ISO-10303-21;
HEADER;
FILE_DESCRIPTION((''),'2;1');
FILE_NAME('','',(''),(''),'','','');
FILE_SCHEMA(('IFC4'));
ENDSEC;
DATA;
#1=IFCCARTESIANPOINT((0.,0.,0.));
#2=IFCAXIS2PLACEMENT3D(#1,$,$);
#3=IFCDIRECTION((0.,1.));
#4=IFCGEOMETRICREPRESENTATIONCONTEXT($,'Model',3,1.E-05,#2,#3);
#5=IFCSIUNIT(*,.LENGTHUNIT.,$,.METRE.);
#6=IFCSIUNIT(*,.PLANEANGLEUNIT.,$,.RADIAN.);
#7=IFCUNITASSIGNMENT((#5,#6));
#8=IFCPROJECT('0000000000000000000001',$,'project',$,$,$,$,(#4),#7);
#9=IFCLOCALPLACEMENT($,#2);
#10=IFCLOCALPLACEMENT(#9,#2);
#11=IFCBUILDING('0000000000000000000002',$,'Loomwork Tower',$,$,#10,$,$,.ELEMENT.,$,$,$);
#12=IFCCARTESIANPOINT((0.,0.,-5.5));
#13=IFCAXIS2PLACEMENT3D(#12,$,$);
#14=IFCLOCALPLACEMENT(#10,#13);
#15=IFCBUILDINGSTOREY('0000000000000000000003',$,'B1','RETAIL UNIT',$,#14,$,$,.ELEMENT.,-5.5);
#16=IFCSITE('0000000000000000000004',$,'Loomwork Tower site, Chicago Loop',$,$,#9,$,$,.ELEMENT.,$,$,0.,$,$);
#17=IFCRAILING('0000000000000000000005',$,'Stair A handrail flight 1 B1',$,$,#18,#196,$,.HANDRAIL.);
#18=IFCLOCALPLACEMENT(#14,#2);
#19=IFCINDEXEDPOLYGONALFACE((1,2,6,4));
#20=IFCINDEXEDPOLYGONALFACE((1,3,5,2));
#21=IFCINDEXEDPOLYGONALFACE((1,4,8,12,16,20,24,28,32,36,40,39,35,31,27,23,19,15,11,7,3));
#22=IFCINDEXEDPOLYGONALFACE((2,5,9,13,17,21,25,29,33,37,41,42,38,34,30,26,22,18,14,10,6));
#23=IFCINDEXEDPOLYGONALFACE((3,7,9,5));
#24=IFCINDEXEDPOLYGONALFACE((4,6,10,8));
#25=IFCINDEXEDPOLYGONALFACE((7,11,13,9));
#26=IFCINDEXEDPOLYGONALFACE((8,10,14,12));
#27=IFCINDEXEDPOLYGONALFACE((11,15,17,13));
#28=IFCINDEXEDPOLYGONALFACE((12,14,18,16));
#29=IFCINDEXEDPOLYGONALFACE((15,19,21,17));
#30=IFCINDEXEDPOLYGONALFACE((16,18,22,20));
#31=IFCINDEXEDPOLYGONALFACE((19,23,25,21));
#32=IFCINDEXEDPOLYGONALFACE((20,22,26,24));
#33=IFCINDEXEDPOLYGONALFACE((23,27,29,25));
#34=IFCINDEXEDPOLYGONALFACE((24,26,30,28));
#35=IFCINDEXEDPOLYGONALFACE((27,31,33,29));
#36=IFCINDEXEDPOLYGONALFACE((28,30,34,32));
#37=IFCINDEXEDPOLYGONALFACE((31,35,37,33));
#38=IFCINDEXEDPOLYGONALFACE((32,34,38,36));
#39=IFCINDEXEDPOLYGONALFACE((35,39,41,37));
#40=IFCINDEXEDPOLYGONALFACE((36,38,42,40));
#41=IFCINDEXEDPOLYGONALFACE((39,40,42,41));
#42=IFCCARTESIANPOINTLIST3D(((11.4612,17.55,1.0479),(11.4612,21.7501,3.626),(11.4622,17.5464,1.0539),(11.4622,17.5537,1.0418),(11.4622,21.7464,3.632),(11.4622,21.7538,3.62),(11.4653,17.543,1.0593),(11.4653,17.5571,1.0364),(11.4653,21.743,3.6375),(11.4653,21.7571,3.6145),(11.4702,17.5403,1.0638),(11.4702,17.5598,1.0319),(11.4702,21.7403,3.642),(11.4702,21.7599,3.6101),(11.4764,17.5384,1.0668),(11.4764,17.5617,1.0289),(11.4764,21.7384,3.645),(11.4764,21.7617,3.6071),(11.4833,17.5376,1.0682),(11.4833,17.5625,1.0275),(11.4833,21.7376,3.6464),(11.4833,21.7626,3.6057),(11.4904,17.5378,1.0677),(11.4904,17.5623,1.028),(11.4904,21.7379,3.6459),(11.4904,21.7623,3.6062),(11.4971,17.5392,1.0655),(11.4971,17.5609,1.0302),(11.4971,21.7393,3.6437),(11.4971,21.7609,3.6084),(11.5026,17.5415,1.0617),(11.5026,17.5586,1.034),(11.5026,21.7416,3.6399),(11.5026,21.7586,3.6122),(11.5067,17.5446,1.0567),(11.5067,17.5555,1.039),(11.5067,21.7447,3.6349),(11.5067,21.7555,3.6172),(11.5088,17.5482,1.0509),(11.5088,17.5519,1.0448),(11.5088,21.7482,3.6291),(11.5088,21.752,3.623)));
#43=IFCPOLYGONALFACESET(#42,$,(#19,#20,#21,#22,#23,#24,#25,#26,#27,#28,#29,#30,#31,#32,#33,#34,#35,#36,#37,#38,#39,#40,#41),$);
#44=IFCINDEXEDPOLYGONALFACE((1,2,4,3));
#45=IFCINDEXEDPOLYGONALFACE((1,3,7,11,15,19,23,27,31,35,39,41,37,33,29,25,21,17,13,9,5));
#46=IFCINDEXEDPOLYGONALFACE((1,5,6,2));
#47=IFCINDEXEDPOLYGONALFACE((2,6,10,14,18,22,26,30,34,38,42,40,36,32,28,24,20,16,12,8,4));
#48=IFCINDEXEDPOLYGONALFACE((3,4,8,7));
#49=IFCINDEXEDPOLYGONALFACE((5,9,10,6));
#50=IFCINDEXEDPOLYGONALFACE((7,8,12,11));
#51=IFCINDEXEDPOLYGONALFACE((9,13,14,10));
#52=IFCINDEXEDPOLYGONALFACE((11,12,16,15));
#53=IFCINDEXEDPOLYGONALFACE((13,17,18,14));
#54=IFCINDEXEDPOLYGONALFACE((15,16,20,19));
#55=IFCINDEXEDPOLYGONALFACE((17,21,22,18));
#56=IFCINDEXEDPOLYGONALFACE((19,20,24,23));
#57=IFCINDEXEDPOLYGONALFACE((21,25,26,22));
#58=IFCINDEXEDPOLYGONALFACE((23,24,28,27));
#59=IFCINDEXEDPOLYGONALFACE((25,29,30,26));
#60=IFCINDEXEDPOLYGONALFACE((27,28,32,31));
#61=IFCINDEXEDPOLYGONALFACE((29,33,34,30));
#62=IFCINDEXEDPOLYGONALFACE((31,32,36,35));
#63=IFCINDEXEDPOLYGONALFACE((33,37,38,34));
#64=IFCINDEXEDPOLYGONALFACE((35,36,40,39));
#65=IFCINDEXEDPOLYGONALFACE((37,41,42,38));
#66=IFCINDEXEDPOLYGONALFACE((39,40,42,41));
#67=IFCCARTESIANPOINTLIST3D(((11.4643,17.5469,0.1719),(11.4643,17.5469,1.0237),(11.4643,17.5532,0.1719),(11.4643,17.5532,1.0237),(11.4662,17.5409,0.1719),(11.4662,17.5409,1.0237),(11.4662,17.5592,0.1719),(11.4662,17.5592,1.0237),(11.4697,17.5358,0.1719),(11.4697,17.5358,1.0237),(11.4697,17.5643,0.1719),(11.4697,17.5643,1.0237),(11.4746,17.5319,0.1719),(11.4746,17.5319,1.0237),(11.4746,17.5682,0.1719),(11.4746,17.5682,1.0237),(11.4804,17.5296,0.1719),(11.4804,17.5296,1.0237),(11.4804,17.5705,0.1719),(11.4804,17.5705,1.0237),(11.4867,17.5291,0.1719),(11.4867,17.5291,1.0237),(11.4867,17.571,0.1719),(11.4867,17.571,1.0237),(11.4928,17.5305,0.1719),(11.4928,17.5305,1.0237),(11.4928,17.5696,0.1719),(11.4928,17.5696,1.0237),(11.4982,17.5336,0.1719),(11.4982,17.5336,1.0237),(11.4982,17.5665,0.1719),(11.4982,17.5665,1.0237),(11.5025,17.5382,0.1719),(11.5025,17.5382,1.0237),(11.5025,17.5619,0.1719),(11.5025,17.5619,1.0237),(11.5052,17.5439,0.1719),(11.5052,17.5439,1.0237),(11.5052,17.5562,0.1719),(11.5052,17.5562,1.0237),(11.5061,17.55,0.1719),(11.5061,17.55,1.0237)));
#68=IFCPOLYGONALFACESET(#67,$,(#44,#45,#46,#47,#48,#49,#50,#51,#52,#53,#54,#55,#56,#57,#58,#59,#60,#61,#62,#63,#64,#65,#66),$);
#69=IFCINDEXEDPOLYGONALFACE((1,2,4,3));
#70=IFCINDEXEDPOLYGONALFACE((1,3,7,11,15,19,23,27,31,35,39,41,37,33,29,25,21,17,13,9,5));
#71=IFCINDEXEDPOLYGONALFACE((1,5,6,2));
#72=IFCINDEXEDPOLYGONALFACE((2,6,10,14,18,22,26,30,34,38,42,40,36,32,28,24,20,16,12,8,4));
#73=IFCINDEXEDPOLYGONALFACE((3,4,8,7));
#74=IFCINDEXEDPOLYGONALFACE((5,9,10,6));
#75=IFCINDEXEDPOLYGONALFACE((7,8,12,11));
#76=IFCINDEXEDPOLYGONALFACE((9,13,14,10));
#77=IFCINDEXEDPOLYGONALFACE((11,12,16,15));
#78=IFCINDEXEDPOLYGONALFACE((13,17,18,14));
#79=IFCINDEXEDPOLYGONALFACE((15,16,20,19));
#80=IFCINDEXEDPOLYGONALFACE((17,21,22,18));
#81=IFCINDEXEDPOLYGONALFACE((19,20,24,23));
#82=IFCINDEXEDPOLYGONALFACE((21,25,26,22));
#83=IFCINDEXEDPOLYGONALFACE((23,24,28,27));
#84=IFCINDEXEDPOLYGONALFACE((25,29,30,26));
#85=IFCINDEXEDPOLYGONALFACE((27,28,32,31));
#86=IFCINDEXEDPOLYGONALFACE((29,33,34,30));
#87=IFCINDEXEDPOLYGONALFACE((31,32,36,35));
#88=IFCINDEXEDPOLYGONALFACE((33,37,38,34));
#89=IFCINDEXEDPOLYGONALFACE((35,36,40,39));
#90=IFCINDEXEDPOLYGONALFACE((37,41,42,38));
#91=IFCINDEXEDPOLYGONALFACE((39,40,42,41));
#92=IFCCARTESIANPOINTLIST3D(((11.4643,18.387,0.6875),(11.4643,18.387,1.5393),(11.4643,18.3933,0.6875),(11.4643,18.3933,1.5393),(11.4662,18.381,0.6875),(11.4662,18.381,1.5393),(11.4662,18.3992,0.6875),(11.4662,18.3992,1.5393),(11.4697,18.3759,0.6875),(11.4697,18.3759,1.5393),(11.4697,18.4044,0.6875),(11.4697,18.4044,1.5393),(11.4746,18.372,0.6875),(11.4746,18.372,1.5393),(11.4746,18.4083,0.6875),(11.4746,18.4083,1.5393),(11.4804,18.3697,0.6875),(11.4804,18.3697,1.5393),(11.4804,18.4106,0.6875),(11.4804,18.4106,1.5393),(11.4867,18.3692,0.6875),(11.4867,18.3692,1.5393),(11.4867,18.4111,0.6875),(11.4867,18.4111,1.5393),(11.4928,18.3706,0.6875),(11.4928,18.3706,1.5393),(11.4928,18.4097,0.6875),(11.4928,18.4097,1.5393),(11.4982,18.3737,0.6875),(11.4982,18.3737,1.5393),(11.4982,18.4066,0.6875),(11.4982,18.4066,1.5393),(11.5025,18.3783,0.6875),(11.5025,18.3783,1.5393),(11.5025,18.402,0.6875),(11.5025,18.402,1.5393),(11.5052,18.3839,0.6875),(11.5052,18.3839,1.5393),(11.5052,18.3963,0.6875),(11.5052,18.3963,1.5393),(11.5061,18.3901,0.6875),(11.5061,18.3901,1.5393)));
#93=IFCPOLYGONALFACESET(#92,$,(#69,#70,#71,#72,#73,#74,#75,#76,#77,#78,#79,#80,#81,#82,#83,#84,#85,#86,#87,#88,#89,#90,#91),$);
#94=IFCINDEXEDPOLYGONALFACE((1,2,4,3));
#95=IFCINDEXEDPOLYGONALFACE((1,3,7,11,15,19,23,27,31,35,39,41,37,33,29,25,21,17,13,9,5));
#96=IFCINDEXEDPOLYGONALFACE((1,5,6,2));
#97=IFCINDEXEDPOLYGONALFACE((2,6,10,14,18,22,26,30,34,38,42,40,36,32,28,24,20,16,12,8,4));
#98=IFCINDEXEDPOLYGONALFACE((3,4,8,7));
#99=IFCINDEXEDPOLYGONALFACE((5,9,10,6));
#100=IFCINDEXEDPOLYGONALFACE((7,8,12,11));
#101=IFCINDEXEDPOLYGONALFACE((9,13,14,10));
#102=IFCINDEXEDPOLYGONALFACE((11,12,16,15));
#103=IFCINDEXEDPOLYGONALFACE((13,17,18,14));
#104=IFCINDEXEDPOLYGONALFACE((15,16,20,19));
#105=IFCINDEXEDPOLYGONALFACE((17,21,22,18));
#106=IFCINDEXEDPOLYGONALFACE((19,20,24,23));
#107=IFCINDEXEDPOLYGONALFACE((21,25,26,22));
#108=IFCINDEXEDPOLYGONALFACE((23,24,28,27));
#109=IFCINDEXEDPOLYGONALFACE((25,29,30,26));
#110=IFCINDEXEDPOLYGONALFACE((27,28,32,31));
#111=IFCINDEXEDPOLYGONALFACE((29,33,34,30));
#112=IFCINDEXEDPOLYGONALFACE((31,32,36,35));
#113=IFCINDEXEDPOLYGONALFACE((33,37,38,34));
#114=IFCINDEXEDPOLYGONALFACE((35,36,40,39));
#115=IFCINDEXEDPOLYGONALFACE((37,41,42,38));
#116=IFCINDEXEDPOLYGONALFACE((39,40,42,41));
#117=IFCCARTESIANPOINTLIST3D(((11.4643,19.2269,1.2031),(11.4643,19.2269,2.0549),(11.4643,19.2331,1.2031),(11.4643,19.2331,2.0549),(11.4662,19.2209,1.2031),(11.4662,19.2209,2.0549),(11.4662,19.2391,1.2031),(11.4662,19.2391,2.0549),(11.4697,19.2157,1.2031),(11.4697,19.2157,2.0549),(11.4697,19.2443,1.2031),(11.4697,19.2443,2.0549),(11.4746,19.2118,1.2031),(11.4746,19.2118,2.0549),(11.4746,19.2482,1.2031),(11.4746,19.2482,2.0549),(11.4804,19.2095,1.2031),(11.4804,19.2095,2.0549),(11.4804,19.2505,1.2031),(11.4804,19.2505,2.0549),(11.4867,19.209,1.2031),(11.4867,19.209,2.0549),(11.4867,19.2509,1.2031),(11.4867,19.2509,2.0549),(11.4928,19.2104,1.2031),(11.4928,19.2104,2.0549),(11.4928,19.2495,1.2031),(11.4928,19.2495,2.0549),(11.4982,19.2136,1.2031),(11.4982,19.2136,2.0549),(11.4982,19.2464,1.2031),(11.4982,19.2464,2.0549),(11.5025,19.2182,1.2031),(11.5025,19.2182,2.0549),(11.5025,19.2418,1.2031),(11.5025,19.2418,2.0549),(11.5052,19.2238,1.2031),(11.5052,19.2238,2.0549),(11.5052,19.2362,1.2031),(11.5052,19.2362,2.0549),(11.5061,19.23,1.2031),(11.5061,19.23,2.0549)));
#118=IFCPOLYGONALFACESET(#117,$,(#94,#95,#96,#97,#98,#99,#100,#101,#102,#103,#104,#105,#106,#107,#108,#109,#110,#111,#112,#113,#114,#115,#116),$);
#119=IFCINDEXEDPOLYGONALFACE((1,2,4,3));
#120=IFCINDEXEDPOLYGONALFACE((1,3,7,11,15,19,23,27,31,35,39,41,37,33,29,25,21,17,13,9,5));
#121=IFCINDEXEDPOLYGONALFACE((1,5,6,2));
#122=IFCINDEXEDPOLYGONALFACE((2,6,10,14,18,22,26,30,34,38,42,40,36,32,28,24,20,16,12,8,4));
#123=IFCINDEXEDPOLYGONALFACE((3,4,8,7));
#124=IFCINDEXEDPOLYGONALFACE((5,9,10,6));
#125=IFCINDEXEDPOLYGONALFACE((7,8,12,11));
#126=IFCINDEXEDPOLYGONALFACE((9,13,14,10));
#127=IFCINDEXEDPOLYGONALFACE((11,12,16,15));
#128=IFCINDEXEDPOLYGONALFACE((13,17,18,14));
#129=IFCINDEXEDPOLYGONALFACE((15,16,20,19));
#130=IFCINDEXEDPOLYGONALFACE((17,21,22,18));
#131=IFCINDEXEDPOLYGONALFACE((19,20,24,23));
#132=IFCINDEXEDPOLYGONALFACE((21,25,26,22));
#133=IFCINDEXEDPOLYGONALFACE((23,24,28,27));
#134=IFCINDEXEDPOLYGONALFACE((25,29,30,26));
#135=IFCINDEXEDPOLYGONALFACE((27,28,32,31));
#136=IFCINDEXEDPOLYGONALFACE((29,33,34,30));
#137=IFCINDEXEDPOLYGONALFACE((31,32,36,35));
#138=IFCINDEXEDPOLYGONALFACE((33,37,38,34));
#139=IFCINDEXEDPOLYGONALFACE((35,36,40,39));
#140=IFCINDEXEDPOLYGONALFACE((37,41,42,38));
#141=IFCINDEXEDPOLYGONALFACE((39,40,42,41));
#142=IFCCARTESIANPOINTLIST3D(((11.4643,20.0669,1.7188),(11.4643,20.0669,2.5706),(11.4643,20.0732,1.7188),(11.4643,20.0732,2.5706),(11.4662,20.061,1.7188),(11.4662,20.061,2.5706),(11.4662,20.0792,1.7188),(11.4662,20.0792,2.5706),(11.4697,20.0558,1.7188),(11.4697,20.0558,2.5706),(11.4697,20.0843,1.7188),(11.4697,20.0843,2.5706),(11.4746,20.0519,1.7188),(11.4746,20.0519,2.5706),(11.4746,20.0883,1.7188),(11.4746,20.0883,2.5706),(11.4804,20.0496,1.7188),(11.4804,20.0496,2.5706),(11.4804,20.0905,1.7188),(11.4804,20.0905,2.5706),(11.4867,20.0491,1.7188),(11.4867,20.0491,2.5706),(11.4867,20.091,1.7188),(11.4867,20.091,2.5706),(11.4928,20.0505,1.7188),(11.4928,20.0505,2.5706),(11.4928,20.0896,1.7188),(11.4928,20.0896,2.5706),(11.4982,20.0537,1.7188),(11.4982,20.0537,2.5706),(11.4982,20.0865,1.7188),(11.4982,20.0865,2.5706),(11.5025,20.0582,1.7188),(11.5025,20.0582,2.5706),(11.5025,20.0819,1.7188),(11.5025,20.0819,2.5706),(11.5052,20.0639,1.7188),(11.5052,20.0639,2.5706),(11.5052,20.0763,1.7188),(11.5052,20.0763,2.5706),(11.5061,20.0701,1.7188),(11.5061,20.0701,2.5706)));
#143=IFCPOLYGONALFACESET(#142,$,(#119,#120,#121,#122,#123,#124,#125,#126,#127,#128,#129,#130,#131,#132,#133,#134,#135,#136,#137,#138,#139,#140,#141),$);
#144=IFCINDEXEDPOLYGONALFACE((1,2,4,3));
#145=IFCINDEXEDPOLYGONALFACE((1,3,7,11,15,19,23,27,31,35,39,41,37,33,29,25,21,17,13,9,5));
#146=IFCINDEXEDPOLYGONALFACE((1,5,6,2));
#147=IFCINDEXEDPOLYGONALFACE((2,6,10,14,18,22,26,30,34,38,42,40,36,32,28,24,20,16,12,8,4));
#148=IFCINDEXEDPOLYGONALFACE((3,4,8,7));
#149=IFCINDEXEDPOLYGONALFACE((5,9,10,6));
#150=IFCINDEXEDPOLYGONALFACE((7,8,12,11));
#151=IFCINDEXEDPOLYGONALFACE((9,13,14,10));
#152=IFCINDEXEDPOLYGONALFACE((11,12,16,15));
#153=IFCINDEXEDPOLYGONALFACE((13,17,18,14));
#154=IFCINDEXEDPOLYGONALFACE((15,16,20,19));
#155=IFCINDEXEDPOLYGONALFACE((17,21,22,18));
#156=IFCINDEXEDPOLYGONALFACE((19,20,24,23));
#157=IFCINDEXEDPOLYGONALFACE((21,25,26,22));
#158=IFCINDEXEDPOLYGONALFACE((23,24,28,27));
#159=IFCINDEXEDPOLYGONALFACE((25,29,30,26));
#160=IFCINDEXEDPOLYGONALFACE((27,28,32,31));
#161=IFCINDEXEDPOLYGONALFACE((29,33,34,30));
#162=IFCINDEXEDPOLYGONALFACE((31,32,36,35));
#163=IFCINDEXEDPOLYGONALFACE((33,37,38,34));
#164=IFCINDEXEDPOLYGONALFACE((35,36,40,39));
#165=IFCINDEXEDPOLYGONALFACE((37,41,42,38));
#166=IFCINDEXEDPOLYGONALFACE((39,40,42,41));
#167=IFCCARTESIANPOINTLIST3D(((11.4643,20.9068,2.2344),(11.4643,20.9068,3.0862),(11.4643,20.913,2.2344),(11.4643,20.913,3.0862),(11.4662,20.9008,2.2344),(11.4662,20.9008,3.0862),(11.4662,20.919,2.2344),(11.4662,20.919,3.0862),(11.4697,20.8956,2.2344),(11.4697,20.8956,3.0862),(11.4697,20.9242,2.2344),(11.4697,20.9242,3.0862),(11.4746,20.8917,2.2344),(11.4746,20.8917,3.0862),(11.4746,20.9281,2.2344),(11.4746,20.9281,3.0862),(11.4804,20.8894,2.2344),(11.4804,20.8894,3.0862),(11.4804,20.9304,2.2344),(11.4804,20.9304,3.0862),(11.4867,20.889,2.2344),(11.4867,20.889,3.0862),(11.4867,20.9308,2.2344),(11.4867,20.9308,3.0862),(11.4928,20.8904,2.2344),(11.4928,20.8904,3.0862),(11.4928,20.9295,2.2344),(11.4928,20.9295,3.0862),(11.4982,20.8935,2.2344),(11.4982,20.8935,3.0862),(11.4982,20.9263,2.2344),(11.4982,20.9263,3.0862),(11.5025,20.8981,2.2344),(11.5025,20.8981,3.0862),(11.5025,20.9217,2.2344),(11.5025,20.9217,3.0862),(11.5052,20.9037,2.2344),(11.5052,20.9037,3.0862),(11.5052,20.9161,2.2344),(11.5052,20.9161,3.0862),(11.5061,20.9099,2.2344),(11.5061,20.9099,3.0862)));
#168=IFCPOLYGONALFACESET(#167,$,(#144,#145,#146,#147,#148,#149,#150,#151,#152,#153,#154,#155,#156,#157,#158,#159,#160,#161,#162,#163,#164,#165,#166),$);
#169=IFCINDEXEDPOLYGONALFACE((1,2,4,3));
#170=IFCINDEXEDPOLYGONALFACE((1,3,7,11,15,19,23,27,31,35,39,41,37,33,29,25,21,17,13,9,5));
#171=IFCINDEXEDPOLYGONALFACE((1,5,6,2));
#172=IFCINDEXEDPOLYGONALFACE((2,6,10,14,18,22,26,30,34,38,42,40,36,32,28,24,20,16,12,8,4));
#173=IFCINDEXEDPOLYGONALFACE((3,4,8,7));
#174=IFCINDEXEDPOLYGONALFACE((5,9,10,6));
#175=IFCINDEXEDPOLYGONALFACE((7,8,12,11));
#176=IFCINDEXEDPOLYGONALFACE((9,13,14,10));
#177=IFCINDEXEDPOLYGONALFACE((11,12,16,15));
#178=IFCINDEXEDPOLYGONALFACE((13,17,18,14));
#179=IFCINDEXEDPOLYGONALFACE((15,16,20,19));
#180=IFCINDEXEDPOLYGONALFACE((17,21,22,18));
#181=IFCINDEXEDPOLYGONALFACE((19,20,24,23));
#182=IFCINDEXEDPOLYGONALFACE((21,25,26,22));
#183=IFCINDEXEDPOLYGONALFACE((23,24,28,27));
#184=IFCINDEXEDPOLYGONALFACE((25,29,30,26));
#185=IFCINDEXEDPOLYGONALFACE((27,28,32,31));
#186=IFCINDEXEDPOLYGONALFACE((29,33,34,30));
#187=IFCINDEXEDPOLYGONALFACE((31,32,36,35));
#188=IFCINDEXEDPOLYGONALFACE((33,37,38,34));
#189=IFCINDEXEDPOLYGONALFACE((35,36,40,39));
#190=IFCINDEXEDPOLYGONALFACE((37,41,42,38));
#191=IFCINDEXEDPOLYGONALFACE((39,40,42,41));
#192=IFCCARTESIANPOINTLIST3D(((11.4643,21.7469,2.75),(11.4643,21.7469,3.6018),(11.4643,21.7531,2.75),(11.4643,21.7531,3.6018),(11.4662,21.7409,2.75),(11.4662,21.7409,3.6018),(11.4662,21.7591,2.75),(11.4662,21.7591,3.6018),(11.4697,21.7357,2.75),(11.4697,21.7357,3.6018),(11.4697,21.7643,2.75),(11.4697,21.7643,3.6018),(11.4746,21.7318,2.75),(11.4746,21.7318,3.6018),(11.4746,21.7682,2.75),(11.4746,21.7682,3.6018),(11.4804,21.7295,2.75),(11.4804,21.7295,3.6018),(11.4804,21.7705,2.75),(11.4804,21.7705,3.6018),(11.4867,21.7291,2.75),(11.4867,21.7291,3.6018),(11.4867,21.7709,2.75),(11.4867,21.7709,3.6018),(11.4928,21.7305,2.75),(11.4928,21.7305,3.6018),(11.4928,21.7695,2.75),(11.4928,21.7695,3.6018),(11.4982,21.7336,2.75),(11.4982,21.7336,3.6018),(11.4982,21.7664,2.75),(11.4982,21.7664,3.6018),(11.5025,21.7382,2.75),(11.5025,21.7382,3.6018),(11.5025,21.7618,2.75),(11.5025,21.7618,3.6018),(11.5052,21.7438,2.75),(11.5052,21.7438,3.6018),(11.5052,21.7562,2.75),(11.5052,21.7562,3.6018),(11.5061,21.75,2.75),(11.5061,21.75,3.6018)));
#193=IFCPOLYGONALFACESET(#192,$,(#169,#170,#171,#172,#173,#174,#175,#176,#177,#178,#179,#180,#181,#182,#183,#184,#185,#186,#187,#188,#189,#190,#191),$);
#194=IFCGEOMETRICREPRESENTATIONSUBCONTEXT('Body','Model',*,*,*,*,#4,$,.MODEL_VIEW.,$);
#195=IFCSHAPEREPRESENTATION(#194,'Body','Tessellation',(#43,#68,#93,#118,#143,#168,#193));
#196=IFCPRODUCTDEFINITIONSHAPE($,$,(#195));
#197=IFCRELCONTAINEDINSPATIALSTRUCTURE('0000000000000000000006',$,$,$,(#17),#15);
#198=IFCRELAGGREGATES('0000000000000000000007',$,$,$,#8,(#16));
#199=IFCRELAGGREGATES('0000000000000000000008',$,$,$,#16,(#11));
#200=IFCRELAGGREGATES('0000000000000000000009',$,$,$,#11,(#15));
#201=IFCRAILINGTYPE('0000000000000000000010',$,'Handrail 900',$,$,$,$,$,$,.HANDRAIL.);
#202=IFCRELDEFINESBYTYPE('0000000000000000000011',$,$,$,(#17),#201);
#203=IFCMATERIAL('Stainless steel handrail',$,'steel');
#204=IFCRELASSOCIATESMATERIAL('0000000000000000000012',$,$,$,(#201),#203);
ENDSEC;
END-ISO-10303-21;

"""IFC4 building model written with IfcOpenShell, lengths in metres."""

from ifc_helpers import new_model, si_unit, direction, frame, origin, origin_2d, place, context, subcontext, project, spatial, circle, extrude, material, type_object, element, save


model = new_model("IFC4")

# Units and contexts
model_context = context("Model", 3, precision=1e-05, world=origin(), true_north=direction((0.0, 1.0)))
body_context = subcontext(model_context, "Body", "Model", "MODEL_VIEW")
ifc_project = project(units=[si_unit("LENGTHUNIT", "METRE"), si_unit("PLANEANGLEUNIT", "RADIAN")], contexts=[model_context])

# Site, building, storey
site_placement = place(None, origin())
site = spatial("IfcSite", under=ifc_project, at=site_placement, Name="Loomwork Tower site, Chicago Loop", CompositionType="ELEMENT", RefElevation=0.0)
building_placement = place(site_placement, origin())
building = spatial("IfcBuilding", under=site, at=building_placement, Name="Loomwork Tower", CompositionType="ELEMENT")
storey_placement = place(building_placement, frame((0.0, 0.0, -5.5)))
storey = spatial("IfcBuildingStorey", under=building, at=storey_placement, Name="B1", Description="RETAIL UNIT", CompositionType="ELEMENT", Elevation=-5.5)

# Railing
ifc_material_1 = material(Name="Stainless steel handrail", Category="steel")
railing_type = type_object("IfcRailingType", Name="Handrail 900", PredefinedType="HANDRAIL", material=ifc_material_1)
railing_1_placement = place(storey_placement, frame((11.4851, 17.55, 0.1719)))
element("IfcRailing", 1, at=railing_1_placement, inside=storey, type_object=railing_type, Name="Stair A handrail flight 1 B1", PredefinedType="HANDRAIL", context=body_context, shape_type="SweptSolid", body=[
    extrude(circle(Radius=0.0239, at=origin_2d()), frame((0.0, 0.0, 0.876), z_axis=(0.0, 0.852243, 0.523146), x_axis=(-1.0, 0.0, 0.0)), (0.0, 0.0, 1.0), 4.9282),
    extrude(circle(Radius=0.021, at=origin_2d()), origin(), (0.0, 0.0, 1.0), 0.8518),
    extrude(circle(Radius=0.021, at=origin_2d()), frame((0.0, 0.8401, 0.5156)), (0.0, 0.0, 1.0), 0.8518),
    extrude(circle(Radius=0.021, at=origin_2d()), frame((0.0, 1.6799, 1.0312)), (0.0, 0.0, 1.0), 0.8518),
    extrude(circle(Radius=0.021, at=origin_2d()), frame((0.0, 2.52, 1.5469)), (0.0, 0.0, 1.0), 0.8518),
    extrude(circle(Radius=0.021, at=origin_2d()), frame((0.0, 3.3599, 2.0625)), (0.0, 0.0, 1.0), 0.8518),
    extrude(circle(Radius=0.021, at=origin_2d()), frame((0.0, 4.2, 2.5781)), (0.0, 0.0, 1.0), 0.8518),
])

save(model, "model.ifc")
